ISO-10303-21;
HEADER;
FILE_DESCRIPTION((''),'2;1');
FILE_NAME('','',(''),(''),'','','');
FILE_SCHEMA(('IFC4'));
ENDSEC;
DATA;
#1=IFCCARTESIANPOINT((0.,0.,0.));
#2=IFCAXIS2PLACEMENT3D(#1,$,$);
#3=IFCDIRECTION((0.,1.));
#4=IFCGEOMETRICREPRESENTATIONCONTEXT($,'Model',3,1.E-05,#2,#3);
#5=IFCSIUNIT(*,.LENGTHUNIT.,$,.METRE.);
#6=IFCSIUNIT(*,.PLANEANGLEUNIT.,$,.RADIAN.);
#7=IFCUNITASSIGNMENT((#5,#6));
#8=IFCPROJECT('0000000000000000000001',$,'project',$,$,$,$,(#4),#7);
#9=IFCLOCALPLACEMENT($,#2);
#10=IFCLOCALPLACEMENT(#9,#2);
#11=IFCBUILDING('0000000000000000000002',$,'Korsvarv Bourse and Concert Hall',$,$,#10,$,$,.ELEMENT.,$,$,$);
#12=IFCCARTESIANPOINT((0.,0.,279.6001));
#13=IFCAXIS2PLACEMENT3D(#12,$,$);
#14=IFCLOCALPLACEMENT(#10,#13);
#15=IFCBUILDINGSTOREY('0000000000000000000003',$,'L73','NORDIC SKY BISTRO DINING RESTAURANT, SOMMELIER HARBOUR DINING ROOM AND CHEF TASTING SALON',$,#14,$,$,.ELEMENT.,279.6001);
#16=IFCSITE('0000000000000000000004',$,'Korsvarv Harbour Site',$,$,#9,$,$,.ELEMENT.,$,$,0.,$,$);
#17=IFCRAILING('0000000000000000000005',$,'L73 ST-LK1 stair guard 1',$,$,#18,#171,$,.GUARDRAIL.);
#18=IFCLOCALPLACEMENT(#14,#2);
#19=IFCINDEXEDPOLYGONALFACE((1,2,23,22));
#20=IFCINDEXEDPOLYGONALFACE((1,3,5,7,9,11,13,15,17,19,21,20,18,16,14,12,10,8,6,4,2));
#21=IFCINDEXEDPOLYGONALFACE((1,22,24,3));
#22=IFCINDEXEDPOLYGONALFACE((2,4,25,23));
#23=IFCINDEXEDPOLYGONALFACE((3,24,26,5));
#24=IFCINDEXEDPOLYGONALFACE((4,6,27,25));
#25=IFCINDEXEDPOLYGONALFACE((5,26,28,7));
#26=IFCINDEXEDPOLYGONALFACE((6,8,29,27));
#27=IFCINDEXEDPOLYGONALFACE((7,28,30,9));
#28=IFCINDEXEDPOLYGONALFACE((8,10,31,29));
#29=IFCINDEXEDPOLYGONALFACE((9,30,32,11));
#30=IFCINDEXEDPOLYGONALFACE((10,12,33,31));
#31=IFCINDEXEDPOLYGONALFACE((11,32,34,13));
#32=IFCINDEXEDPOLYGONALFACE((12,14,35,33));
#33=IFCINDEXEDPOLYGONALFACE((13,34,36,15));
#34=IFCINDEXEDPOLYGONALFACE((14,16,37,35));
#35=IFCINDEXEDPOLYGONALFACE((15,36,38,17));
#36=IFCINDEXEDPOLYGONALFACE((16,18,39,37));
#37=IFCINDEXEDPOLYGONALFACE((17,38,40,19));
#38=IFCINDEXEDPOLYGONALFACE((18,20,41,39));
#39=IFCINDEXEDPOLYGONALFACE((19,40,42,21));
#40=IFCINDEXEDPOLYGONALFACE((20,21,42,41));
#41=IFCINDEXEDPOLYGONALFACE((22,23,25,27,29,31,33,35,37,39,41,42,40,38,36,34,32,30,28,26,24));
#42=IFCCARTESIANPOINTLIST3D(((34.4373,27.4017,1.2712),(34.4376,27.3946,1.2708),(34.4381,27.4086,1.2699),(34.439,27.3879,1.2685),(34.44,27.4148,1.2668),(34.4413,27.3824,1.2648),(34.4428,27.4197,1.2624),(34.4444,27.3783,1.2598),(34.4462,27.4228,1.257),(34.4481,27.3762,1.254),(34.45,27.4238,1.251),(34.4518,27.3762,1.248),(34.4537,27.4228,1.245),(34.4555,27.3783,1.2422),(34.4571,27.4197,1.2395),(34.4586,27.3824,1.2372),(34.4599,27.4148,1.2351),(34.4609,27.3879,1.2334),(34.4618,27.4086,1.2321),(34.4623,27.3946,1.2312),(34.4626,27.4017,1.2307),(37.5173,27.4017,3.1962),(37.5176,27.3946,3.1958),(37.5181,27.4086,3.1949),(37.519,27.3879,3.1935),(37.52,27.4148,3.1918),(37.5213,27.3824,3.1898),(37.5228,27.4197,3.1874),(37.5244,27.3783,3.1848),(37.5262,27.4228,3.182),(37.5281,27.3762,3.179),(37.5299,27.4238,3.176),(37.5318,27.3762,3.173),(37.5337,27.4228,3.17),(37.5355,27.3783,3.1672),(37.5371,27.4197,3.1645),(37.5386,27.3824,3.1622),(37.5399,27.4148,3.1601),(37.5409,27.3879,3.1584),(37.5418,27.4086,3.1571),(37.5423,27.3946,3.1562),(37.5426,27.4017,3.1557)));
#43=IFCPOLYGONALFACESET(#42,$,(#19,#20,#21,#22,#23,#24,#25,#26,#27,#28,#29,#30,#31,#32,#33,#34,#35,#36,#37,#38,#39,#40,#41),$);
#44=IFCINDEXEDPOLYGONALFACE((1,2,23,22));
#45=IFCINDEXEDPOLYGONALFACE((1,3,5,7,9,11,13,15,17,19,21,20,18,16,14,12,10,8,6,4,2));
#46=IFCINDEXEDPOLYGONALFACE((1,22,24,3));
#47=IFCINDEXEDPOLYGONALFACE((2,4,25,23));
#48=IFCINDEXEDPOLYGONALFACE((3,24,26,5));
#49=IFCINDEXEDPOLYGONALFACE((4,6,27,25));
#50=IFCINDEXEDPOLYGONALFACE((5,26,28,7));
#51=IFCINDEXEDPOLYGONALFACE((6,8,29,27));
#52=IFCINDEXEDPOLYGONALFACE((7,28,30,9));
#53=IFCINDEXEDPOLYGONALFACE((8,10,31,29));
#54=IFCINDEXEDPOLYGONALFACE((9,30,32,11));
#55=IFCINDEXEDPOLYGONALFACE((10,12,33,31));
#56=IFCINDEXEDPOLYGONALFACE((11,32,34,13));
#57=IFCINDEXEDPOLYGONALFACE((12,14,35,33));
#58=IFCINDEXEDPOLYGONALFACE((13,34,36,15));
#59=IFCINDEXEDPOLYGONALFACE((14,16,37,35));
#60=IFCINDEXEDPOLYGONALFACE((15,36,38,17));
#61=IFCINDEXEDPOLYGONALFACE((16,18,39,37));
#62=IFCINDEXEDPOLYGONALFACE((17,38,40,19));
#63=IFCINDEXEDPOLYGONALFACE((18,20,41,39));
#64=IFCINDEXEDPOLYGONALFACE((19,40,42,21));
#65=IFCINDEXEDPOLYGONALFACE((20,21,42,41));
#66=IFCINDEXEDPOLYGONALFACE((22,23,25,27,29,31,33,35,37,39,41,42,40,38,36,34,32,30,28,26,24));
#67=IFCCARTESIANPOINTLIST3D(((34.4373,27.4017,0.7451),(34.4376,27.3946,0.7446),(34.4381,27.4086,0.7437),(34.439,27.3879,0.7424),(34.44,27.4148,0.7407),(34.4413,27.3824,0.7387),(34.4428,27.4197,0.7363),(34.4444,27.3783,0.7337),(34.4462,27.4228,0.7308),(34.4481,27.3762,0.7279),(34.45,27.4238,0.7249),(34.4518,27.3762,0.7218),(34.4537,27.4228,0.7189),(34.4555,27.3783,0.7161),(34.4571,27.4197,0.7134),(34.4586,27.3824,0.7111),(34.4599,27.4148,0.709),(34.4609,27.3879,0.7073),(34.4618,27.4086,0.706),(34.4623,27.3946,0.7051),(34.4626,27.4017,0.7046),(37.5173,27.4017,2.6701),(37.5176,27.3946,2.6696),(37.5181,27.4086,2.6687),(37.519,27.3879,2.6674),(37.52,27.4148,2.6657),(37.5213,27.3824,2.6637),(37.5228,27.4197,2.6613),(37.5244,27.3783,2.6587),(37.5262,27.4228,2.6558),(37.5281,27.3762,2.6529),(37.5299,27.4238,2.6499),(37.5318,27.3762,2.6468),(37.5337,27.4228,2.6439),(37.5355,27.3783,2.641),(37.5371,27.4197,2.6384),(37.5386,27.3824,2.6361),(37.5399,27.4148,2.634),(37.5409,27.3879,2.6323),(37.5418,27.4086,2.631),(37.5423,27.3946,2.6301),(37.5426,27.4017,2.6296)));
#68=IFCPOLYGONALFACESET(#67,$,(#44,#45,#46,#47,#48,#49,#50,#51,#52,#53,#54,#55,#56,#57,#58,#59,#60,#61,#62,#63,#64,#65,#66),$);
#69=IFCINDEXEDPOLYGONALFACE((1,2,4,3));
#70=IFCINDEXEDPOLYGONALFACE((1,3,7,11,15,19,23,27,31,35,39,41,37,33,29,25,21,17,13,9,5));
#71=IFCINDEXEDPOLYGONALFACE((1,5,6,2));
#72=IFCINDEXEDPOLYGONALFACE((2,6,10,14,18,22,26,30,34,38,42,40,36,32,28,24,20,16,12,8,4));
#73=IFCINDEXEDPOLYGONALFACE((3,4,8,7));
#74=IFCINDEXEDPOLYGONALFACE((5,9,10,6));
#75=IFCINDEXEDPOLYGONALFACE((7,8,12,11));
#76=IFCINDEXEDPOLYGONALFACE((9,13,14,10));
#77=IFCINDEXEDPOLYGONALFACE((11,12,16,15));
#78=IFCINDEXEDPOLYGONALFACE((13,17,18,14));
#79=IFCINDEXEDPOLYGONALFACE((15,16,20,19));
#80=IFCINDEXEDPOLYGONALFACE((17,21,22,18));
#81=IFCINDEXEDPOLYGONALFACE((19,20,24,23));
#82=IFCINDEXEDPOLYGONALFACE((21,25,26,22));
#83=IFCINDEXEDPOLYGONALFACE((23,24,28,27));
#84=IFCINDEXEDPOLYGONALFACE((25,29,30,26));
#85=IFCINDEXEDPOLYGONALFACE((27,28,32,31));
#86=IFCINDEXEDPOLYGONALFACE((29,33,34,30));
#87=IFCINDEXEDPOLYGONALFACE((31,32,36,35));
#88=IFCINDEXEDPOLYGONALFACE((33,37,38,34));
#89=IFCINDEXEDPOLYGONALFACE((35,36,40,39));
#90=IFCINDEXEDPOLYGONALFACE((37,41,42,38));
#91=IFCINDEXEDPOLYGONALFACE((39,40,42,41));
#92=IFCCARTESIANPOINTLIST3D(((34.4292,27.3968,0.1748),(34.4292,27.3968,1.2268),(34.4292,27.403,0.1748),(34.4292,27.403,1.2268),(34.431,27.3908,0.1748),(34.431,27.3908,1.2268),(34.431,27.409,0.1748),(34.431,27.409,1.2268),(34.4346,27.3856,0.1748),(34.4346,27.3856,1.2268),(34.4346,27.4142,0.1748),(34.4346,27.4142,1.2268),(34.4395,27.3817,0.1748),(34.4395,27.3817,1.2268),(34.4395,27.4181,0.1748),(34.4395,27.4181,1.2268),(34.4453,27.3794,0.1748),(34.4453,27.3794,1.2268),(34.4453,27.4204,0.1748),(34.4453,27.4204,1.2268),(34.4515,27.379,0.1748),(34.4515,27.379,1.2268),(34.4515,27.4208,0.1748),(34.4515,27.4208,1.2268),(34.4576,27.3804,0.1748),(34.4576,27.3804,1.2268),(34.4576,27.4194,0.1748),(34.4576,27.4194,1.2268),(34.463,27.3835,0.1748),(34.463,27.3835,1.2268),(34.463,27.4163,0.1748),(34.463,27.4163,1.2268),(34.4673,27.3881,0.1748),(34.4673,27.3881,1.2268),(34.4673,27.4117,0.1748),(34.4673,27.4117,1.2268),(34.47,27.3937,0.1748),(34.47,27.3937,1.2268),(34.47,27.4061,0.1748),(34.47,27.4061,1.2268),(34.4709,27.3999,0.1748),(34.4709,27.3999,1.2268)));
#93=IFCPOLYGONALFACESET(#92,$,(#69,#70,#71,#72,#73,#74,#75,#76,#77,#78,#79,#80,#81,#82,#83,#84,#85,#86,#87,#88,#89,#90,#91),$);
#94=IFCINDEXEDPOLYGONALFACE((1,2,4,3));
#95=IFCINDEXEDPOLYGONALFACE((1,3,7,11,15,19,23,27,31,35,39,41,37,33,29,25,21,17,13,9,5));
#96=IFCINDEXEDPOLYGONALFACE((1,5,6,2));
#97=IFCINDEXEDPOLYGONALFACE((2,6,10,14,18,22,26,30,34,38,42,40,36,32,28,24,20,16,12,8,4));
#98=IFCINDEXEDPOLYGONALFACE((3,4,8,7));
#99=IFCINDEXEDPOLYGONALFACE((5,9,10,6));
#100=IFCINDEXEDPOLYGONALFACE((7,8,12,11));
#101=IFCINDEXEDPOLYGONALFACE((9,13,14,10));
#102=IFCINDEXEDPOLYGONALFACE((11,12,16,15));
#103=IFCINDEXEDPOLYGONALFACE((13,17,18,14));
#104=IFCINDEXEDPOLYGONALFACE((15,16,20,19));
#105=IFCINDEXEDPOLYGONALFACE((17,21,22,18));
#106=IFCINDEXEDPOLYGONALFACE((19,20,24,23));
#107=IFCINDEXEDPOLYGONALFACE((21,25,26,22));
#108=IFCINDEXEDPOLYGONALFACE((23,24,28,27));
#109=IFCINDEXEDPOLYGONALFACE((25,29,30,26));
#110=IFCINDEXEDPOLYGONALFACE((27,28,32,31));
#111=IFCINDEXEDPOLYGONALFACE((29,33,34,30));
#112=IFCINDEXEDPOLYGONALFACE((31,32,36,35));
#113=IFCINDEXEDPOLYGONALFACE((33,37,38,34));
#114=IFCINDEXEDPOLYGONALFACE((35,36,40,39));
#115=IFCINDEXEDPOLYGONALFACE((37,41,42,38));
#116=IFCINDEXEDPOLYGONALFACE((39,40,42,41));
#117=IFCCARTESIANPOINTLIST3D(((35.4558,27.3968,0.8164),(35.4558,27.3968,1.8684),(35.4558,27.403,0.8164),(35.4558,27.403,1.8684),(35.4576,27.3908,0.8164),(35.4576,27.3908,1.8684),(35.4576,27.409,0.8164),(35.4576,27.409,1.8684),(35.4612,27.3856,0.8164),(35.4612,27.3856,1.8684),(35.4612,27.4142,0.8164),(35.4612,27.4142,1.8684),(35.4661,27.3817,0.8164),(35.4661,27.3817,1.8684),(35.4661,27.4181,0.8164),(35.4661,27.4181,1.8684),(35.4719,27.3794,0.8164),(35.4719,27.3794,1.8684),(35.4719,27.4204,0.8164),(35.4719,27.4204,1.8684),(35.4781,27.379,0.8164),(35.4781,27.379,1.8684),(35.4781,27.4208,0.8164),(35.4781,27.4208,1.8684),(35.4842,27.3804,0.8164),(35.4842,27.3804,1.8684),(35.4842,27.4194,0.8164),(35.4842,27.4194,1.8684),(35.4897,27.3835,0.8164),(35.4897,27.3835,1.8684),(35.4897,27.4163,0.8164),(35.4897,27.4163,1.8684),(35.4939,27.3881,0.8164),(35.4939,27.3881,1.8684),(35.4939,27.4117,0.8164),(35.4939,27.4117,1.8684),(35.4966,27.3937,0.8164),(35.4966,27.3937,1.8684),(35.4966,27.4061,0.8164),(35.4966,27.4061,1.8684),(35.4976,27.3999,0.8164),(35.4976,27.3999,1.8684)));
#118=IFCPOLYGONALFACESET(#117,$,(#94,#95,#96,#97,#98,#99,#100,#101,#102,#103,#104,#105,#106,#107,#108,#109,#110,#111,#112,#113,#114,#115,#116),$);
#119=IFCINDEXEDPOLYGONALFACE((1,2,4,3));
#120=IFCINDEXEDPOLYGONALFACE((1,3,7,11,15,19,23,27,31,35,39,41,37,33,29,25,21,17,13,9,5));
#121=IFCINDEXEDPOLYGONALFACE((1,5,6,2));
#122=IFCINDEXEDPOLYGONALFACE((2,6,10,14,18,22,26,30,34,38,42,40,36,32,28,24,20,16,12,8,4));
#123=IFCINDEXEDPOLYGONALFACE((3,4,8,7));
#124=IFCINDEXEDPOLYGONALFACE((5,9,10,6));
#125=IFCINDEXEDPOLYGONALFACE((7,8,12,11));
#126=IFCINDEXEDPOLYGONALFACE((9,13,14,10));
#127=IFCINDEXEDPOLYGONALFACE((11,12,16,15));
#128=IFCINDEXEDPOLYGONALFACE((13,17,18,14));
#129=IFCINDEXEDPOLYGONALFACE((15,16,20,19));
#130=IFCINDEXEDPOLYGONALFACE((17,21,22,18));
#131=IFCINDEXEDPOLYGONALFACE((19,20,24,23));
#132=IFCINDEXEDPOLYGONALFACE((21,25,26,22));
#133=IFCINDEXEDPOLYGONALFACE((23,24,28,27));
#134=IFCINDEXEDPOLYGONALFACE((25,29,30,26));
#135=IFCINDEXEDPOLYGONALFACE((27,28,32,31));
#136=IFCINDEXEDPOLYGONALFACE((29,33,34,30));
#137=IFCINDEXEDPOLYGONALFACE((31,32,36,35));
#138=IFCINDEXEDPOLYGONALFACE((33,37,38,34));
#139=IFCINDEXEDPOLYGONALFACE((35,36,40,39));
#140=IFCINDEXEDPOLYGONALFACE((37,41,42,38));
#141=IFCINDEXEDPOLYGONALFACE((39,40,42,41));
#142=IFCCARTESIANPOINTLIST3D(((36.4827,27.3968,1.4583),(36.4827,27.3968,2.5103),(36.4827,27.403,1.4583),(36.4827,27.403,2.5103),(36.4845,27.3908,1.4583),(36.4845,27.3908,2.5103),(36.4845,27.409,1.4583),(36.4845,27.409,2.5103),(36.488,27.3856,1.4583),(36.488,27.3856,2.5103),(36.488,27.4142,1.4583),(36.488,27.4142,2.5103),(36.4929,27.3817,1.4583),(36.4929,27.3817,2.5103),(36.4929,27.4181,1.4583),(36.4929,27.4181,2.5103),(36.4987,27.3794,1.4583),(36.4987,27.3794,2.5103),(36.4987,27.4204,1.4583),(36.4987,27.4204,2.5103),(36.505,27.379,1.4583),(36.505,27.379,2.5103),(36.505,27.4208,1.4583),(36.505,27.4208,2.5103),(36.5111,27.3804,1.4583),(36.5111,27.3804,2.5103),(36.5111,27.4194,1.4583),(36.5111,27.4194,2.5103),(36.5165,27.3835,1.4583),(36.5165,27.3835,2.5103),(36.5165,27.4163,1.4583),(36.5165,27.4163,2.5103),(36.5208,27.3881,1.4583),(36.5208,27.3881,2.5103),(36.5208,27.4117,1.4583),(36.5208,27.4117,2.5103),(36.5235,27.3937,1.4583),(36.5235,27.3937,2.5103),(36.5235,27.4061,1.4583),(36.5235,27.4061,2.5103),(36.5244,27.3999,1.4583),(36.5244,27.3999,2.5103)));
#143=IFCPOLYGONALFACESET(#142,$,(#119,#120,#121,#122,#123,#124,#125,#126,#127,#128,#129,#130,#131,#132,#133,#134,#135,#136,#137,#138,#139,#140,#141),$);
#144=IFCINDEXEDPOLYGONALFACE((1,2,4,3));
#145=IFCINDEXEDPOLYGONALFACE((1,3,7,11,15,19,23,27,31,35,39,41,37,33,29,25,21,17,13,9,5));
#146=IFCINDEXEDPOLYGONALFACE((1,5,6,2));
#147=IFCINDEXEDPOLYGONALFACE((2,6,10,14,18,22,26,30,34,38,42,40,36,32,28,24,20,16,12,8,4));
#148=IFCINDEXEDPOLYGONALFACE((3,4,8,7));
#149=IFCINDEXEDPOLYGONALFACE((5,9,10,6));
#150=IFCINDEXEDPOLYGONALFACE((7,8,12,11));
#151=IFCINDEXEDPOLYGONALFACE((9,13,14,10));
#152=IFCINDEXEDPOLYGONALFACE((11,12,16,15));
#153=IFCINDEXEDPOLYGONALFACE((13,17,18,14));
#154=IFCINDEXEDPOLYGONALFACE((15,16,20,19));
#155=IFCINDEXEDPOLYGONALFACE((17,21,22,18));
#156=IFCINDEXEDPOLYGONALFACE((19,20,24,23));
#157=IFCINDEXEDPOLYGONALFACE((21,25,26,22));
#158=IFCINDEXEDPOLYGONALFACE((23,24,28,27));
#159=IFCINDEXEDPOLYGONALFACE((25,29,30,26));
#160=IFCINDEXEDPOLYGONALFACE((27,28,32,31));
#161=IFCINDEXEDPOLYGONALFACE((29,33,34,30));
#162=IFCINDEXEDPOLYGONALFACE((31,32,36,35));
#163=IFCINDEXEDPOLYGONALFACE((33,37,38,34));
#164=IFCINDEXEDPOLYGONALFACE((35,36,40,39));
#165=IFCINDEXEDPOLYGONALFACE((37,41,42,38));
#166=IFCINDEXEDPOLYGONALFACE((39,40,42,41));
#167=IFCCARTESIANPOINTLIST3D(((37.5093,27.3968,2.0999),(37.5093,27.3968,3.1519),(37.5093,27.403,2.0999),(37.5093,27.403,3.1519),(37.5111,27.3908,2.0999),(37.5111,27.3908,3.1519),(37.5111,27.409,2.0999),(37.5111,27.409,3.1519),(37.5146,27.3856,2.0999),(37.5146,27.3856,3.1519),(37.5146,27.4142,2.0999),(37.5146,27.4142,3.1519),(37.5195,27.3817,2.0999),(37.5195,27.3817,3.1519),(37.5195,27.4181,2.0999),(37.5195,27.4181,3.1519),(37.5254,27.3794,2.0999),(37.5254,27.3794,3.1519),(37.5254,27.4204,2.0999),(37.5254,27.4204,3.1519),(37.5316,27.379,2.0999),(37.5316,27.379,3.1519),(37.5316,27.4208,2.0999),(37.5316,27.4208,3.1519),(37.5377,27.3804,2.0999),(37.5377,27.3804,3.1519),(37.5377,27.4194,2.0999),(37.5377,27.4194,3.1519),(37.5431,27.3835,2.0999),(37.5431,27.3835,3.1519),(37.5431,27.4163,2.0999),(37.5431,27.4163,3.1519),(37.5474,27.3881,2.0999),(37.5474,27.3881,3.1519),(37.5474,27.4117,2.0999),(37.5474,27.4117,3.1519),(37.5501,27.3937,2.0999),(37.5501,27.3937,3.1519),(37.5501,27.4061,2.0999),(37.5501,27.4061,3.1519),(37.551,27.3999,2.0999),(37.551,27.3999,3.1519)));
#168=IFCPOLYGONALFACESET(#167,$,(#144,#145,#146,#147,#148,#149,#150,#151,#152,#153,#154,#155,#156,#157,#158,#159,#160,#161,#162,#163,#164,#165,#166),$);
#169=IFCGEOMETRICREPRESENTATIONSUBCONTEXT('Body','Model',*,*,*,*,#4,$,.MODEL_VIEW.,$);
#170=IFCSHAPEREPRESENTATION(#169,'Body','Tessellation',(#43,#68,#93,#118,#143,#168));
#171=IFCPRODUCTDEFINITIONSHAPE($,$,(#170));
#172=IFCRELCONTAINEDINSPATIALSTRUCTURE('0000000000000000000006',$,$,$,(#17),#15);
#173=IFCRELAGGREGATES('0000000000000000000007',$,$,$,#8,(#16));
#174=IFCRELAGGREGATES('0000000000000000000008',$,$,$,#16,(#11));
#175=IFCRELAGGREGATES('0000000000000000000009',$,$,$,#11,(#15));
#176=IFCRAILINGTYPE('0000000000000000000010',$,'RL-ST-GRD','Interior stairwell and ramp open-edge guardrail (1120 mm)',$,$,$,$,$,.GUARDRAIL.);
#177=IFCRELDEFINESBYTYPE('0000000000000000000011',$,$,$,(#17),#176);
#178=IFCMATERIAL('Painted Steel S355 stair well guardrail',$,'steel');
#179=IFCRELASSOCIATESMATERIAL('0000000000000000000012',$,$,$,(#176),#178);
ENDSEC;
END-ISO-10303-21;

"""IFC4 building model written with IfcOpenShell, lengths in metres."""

from ifc_helpers import new_model, si_unit, direction, frame, origin, origin_2d, place, context, subcontext, project, spatial, circle, extrude, material, type_object, element, save


model = new_model("IFC4")

# Units and contexts
model_context = context("Model", 3, precision=1e-05, world=origin(), true_north=direction((0.0, 1.0)))
body_context = subcontext(model_context, "Body", "Model", "MODEL_VIEW")
ifc_project = project(units=[si_unit("LENGTHUNIT", "METRE"), si_unit("PLANEANGLEUNIT", "RADIAN")], contexts=[model_context])

# Site, building, storey
site_placement = place(None, origin())
site = spatial("IfcSite", under=ifc_project, at=site_placement, Name="Korsvarv Harbour Site", CompositionType="ELEMENT", RefElevation=0.0)
building_placement = place(site_placement, origin())
building = spatial("IfcBuilding", under=site, at=building_placement, Name="Korsvarv Bourse and Concert Hall", CompositionType="ELEMENT")
storey_placement = place(building_placement, frame((0.0, 0.0, 279.6001)))
storey = spatial("IfcBuildingStorey", under=building, at=storey_placement, Name="L73", Description="NORDIC SKY BISTRO DINING RESTAURANT, SOMMELIER HARBOUR DINING ROOM AND CHEF TASTING SALON", CompositionType="ELEMENT", Elevation=279.6001)

# Railing
ifc_material_1 = material(Name="Painted Steel S355 stair well guardrail", Category="steel")
railing_type_1 = type_object("IfcRailingType", Name="RL-ST-GRD", Description="Interior stairwell and ramp open-edge guardrail (1120 mm)", PredefinedType="GUARDRAIL", material=ifc_material_1)
railing_1_placement = place(storey_placement, frame((34.45, 27.3999, 0.1748)))
element("IfcRailing", 1, at=railing_1_placement, inside=storey, type_object=railing_type_1, Name="L73 ST-LK1 stair guard 1", PredefinedType="GUARDRAIL", context=body_context, shape_type="SweptSolid", body=[
    extrude(circle(Radius=0.0239, at=origin_2d()), frame((0.0, 0.0, 1.0762), z_axis=(0.847998, 0.0, 0.529999), x_axis=(0.0, 1.0, 0.0)), (0.0, 0.0, 1.0), 3.6321),
    extrude(circle(Radius=0.0239, at=origin_2d()), frame((0.0, 0.0, 0.55), z_axis=(0.847998, 0.0, 0.529999), x_axis=(0.0, 1.0, 0.0)), (0.0, 0.0, 1.0), 3.6321),
    extrude(circle(Radius=0.021, at=origin_2d()), origin(), (0.0, 0.0, 1.0), 1.052),
    extrude(circle(Radius=0.021, at=origin_2d()), frame((1.0266, 0.0, 0.6416)), (0.0, 0.0, 1.0), 1.052),
    extrude(circle(Radius=0.021, at=origin_2d()), frame((2.0535, 0.0, 1.2834)), (0.0, 0.0, 1.0), 1.052),
    extrude(circle(Radius=0.021, at=origin_2d()), frame((3.0801, 0.0, 1.925)), (0.0, 0.0, 1.0), 1.052),
])

save(model, "model.ifc")
